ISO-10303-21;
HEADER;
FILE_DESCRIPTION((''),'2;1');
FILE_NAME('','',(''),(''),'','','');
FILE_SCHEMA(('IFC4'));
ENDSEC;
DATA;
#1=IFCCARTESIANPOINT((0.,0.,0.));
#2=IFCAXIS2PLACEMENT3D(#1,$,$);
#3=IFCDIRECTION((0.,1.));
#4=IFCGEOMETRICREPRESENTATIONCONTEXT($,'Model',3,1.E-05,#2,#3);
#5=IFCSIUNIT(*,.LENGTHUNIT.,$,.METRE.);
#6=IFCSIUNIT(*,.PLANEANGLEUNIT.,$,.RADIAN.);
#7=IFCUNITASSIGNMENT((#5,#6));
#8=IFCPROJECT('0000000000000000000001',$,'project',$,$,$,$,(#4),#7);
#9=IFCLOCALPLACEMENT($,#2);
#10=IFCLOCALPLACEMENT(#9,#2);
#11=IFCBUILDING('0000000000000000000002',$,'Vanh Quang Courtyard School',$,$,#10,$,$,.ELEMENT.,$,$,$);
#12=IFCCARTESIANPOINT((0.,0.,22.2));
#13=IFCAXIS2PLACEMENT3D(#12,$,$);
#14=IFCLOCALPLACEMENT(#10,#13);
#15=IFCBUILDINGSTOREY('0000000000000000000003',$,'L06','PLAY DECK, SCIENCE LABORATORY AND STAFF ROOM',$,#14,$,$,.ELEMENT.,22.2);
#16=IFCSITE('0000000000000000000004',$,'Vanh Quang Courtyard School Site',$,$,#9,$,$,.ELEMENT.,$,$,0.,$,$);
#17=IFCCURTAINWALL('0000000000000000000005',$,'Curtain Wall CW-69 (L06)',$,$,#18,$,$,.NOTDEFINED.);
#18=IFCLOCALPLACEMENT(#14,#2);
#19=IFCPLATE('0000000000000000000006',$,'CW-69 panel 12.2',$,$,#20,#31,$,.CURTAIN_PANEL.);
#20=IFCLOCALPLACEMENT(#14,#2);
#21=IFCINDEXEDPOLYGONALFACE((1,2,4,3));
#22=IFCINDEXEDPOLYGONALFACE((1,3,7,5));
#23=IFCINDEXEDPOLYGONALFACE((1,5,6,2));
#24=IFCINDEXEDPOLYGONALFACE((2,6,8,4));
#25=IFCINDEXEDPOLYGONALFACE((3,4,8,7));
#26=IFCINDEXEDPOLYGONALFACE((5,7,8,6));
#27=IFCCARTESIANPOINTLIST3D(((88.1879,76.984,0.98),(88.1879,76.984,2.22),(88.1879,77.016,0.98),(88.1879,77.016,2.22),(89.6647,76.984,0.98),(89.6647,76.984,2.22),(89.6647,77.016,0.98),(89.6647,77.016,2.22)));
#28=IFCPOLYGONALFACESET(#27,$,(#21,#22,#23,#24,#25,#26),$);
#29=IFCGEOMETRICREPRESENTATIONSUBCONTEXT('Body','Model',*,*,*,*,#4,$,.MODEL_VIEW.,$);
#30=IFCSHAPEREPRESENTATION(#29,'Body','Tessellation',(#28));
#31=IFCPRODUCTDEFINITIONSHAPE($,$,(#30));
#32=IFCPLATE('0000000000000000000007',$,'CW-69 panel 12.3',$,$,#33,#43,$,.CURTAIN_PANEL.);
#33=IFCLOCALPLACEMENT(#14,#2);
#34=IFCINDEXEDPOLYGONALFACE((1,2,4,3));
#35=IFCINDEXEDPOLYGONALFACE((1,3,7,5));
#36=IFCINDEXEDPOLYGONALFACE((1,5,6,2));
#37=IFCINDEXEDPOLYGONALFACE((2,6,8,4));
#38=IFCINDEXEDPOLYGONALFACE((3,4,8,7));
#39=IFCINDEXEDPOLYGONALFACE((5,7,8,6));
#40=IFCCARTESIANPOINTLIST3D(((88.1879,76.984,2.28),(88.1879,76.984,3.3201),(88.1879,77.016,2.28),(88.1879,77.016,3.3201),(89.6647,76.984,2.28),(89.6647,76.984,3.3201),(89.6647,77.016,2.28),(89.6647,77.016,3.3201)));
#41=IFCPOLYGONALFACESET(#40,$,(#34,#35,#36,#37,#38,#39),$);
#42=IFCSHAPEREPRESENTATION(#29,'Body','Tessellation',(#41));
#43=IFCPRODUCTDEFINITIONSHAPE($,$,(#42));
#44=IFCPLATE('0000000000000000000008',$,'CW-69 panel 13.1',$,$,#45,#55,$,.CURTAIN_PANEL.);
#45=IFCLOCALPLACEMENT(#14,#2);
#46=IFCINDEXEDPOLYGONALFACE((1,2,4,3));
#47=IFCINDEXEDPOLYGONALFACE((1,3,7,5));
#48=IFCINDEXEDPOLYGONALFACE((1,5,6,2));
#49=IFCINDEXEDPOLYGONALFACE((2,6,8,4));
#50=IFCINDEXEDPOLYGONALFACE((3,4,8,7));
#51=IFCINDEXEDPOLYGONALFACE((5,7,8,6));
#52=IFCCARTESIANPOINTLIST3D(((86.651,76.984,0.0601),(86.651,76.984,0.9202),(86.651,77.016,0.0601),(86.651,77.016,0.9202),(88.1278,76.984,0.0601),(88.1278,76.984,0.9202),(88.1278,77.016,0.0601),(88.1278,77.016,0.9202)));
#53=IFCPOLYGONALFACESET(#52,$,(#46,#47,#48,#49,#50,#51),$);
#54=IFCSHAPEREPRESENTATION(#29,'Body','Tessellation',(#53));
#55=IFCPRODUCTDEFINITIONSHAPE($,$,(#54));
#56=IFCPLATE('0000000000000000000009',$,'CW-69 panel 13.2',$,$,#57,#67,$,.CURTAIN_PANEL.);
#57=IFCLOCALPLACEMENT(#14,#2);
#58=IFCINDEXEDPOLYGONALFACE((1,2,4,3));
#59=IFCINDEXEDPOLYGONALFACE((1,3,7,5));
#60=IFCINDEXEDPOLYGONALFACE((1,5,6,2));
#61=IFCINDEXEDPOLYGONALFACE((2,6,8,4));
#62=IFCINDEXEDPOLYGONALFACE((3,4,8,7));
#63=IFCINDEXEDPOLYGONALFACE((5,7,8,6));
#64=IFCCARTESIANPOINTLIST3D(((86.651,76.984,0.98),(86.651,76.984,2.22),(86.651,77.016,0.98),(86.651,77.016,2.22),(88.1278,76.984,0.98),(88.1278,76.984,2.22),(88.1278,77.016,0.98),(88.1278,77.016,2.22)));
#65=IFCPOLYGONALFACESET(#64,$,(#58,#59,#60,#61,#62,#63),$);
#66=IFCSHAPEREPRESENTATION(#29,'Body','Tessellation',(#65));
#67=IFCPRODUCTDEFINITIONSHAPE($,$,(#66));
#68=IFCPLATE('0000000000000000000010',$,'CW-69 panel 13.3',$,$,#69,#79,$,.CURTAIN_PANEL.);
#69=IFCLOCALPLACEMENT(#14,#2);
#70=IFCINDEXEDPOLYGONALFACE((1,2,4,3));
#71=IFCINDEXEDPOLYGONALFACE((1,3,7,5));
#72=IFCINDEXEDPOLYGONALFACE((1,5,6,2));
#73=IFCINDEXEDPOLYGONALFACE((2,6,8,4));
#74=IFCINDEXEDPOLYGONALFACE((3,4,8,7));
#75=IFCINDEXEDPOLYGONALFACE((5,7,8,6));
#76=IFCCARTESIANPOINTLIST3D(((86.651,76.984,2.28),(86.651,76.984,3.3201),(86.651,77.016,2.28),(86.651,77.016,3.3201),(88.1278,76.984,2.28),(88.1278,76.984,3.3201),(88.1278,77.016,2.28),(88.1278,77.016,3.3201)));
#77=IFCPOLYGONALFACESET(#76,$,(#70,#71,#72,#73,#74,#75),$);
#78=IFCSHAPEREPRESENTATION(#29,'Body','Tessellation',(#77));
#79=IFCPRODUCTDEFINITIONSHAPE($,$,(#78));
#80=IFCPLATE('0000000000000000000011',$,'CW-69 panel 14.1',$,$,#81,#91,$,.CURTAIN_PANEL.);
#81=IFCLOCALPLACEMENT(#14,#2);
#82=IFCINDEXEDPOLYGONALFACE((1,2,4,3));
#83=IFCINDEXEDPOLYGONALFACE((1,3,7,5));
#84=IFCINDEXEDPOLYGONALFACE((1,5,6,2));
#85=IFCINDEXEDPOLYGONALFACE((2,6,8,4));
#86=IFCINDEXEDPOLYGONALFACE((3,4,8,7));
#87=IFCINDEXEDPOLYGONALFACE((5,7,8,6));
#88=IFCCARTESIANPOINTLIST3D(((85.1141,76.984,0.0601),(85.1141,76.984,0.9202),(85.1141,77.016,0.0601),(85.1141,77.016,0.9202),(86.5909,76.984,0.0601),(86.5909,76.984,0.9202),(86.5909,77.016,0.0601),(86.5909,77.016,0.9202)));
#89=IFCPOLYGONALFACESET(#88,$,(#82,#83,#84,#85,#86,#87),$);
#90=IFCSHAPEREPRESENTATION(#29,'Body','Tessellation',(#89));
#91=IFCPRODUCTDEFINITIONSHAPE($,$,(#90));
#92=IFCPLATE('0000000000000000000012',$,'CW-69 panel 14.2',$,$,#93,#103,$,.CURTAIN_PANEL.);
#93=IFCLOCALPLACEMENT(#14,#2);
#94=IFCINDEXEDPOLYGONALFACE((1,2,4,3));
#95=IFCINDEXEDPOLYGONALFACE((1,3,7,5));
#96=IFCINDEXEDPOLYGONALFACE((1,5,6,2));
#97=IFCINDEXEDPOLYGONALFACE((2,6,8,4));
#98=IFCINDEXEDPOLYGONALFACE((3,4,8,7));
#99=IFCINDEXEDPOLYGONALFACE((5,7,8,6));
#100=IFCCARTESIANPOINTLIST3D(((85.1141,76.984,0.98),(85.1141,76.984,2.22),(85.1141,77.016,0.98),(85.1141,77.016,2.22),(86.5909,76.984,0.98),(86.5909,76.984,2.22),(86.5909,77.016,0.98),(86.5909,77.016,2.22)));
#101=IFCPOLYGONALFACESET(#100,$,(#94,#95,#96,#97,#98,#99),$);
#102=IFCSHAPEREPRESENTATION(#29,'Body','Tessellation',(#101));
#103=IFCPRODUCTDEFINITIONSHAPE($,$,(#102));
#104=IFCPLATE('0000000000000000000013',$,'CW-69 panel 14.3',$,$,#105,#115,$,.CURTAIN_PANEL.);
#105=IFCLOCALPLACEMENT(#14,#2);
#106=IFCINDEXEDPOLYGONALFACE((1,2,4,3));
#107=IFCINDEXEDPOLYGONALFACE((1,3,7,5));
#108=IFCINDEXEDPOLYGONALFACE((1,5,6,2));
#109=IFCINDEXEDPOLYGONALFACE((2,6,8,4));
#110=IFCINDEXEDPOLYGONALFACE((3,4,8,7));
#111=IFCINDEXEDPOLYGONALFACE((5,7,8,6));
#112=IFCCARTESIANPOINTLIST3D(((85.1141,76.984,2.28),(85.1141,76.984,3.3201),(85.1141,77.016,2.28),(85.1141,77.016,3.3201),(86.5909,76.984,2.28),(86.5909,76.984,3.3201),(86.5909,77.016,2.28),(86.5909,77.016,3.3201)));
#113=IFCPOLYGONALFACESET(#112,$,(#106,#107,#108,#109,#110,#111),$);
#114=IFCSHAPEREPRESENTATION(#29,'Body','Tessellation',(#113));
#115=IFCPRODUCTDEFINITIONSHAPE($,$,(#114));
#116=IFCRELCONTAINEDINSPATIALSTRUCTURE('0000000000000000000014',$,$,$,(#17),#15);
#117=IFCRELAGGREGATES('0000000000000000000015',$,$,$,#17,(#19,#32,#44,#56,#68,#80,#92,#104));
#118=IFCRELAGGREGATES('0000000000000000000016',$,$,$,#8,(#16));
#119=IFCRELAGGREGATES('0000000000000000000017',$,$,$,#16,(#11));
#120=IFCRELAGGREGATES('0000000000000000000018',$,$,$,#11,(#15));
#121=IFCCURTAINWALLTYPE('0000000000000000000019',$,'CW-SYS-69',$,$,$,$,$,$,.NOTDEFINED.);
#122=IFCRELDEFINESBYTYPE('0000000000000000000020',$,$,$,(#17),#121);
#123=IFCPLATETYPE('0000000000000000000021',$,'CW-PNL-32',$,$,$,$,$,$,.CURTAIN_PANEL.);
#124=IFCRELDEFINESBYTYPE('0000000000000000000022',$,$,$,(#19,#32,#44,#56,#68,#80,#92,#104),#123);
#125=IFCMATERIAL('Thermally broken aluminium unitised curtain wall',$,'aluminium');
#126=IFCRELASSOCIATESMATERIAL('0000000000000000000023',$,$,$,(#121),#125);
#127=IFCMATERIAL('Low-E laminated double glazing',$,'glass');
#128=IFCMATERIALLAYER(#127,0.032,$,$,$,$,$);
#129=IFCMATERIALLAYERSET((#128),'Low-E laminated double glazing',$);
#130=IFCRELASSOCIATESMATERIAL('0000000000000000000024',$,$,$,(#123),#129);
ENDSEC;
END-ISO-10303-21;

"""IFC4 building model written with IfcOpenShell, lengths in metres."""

from ifc_helpers import new_model, si_unit, direction, frame, origin, origin_2d, place, context, subcontext, project, spatial, rectangle, extrude, material, layer, layer_set, type_object, element, aggregate, save


model = new_model("IFC4")

# Units and contexts
model_context = context("Model", 3, precision=1e-05, world=origin(), true_north=direction((0.0, 1.0)))
body_context = subcontext(model_context, "Body", "Model", "MODEL_VIEW")
ifc_project = project(units=[si_unit("LENGTHUNIT", "METRE"), si_unit("PLANEANGLEUNIT", "RADIAN")], contexts=[model_context])

# Site, building, storey
site_placement = place(None, origin())
site = spatial("IfcSite", under=ifc_project, at=site_placement, Name="Vanh Quang Courtyard School Site", CompositionType="ELEMENT", RefElevation=0.0)
building_placement = place(site_placement, origin())
building = spatial("IfcBuilding", under=site, at=building_placement, Name="Vanh Quang Courtyard School", CompositionType="ELEMENT")
storey_placement = place(building_placement, frame((0.0, 0.0, 22.2)))
storey = spatial("IfcBuildingStorey", under=building, at=storey_placement, Name="L06", Description="PLAY DECK, SCIENCE LABORATORY AND STAFF ROOM", CompositionType="ELEMENT", Elevation=22.2)

# Curtain wall
ifc_material_1 = material(Name="Thermally broken aluminium unitised curtain wall", Category="aluminium")
curtain_wall_type = type_object("IfcCurtainWallType", Name="CW-SYS-69", PredefinedType="NOTDEFINED", material=ifc_material_1)
curtain_wall_placement = place(storey_placement, origin())
curtain_wall = element("IfcCurtainWall", 1, at=curtain_wall_placement, inside=storey, type_object=curtain_wall_type, Name="Curtain Wall CW-69 (L06)", PredefinedType="NOTDEFINED")

# Plates
ifc_material_2 = material(Name="Low-E laminated double glazing", Category="glass")
ifc_layer = layer(ifc_material_2, 0.032)
ifc_layer_set = layer_set([ifc_layer], Name="Low-E laminated double glazing")
plate_type = type_object("IfcPlateType", Name="CW-PNL-32", PredefinedType="CURTAIN_PANEL", material=ifc_layer_set)
plate_1_placement = place(storey_placement, frame((88.9263, 77.0, 0.98), z_axis=(0.0, 0.0, 1.0), x_axis=(-1.0, 0.0, 0.0)))
plate_1 = element("IfcPlate", 2, at=plate_1_placement, type_object=plate_type, Name="CW-69 panel 12.2", PredefinedType="CURTAIN_PANEL", context=body_context, shape_type="SweptSolid", body=[
    extrude(rectangle(XDim=1.4768, YDim=0.032, at=origin_2d()), origin(), (0.0, 0.0, 1.0), 1.24),
])
plate_2_placement = place(storey_placement, frame((88.9263, 77.0, 2.28), z_axis=(0.0, 0.0, 1.0), x_axis=(-1.0, 0.0, 0.0)))
plate_2 = element("IfcPlate", 3, at=plate_2_placement, type_object=plate_type, Name="CW-69 panel 12.3", PredefinedType="CURTAIN_PANEL", context=body_context, shape_type="SweptSolid", body=[
    extrude(rectangle(XDim=1.4768, YDim=0.032, at=origin_2d()), origin(), (0.0, 0.0, 1.0), 1.04),
])
plate_3_placement = place(storey_placement, frame((87.3894, 77.0, 0.0601), z_axis=(0.0, 0.0, 1.0), x_axis=(-1.0, 0.0, 0.0)))
plate_3 = element("IfcPlate", 4, at=plate_3_placement, type_object=plate_type, Name="CW-69 panel 13.1", PredefinedType="CURTAIN_PANEL", context=body_context, shape_type="SweptSolid", body=[
    extrude(rectangle(XDim=1.4768, YDim=0.032, at=origin_2d()), origin(), (0.0, 0.0, 1.0), 0.8601),
])
plate_4_placement = place(storey_placement, frame((87.3894, 77.0, 0.98), z_axis=(0.0, 0.0, 1.0), x_axis=(-1.0, 0.0, 0.0)))
plate_4 = element("IfcPlate", 5, at=plate_4_placement, type_object=plate_type, Name="CW-69 panel 13.2", PredefinedType="CURTAIN_PANEL", context=body_context, shape_type="SweptSolid", body=[
    extrude(rectangle(XDim=1.4768, YDim=0.032, at=origin_2d()), origin(), (0.0, 0.0, 1.0), 1.24),
])
plate_5_placement = place(storey_placement, frame((87.3894, 77.0, 2.28), z_axis=(0.0, 0.0, 1.0), x_axis=(-1.0, 0.0, 0.0)))
plate_5 = element("IfcPlate", 6, at=plate_5_placement, type_object=plate_type, Name="CW-69 panel 13.3", PredefinedType="CURTAIN_PANEL", context=body_context, shape_type="SweptSolid", body=[
    extrude(rectangle(XDim=1.4768, YDim=0.032, at=origin_2d()), origin(), (0.0, 0.0, 1.0), 1.04),
])
plate_6_placement = place(storey_placement, frame((85.8525, 77.0, 0.0601), z_axis=(0.0, 0.0, 1.0), x_axis=(-1.0, 0.0, 0.0)))
plate_6 = element("IfcPlate", 7, at=plate_6_placement, type_object=plate_type, Name="CW-69 panel 14.1", PredefinedType="CURTAIN_PANEL", context=body_context, shape_type="SweptSolid", body=[
    extrude(rectangle(XDim=1.4768, YDim=0.032, at=origin_2d()), origin(), (0.0, 0.0, 1.0), 0.8601),
])
plate_7_placement = place(storey_placement, frame((85.8525, 77.0, 0.98), z_axis=(0.0, 0.0, 1.0), x_axis=(-1.0, 0.0, 0.0)))
plate_7 = element("IfcPlate", 8, at=plate_7_placement, type_object=plate_type, Name="CW-69 panel 14.2", PredefinedType="CURTAIN_PANEL", context=body_context, shape_type="SweptSolid", body=[
    extrude(rectangle(XDim=1.4768, YDim=0.032, at=origin_2d()), origin(), (0.0, 0.0, 1.0), 1.24),
])
plate_8_placement = place(storey_placement, frame((85.8525, 77.0, 2.28), z_axis=(0.0, 0.0, 1.0), x_axis=(-1.0, 0.0, 0.0)))
plate_8 = element("IfcPlate", 9, at=plate_8_placement, type_object=plate_type, Name="CW-69 panel 14.3", PredefinedType="CURTAIN_PANEL", context=body_context, shape_type="SweptSolid", body=[
    extrude(rectangle(XDim=1.4768, YDim=0.032, at=origin_2d()), origin(), (0.0, 0.0, 1.0), 1.04),
])
aggregate(curtain_wall, [plate_1, plate_2, plate_3, plate_4, plate_5, plate_6, plate_7, plate_8])

save(model, "model.ifc")
